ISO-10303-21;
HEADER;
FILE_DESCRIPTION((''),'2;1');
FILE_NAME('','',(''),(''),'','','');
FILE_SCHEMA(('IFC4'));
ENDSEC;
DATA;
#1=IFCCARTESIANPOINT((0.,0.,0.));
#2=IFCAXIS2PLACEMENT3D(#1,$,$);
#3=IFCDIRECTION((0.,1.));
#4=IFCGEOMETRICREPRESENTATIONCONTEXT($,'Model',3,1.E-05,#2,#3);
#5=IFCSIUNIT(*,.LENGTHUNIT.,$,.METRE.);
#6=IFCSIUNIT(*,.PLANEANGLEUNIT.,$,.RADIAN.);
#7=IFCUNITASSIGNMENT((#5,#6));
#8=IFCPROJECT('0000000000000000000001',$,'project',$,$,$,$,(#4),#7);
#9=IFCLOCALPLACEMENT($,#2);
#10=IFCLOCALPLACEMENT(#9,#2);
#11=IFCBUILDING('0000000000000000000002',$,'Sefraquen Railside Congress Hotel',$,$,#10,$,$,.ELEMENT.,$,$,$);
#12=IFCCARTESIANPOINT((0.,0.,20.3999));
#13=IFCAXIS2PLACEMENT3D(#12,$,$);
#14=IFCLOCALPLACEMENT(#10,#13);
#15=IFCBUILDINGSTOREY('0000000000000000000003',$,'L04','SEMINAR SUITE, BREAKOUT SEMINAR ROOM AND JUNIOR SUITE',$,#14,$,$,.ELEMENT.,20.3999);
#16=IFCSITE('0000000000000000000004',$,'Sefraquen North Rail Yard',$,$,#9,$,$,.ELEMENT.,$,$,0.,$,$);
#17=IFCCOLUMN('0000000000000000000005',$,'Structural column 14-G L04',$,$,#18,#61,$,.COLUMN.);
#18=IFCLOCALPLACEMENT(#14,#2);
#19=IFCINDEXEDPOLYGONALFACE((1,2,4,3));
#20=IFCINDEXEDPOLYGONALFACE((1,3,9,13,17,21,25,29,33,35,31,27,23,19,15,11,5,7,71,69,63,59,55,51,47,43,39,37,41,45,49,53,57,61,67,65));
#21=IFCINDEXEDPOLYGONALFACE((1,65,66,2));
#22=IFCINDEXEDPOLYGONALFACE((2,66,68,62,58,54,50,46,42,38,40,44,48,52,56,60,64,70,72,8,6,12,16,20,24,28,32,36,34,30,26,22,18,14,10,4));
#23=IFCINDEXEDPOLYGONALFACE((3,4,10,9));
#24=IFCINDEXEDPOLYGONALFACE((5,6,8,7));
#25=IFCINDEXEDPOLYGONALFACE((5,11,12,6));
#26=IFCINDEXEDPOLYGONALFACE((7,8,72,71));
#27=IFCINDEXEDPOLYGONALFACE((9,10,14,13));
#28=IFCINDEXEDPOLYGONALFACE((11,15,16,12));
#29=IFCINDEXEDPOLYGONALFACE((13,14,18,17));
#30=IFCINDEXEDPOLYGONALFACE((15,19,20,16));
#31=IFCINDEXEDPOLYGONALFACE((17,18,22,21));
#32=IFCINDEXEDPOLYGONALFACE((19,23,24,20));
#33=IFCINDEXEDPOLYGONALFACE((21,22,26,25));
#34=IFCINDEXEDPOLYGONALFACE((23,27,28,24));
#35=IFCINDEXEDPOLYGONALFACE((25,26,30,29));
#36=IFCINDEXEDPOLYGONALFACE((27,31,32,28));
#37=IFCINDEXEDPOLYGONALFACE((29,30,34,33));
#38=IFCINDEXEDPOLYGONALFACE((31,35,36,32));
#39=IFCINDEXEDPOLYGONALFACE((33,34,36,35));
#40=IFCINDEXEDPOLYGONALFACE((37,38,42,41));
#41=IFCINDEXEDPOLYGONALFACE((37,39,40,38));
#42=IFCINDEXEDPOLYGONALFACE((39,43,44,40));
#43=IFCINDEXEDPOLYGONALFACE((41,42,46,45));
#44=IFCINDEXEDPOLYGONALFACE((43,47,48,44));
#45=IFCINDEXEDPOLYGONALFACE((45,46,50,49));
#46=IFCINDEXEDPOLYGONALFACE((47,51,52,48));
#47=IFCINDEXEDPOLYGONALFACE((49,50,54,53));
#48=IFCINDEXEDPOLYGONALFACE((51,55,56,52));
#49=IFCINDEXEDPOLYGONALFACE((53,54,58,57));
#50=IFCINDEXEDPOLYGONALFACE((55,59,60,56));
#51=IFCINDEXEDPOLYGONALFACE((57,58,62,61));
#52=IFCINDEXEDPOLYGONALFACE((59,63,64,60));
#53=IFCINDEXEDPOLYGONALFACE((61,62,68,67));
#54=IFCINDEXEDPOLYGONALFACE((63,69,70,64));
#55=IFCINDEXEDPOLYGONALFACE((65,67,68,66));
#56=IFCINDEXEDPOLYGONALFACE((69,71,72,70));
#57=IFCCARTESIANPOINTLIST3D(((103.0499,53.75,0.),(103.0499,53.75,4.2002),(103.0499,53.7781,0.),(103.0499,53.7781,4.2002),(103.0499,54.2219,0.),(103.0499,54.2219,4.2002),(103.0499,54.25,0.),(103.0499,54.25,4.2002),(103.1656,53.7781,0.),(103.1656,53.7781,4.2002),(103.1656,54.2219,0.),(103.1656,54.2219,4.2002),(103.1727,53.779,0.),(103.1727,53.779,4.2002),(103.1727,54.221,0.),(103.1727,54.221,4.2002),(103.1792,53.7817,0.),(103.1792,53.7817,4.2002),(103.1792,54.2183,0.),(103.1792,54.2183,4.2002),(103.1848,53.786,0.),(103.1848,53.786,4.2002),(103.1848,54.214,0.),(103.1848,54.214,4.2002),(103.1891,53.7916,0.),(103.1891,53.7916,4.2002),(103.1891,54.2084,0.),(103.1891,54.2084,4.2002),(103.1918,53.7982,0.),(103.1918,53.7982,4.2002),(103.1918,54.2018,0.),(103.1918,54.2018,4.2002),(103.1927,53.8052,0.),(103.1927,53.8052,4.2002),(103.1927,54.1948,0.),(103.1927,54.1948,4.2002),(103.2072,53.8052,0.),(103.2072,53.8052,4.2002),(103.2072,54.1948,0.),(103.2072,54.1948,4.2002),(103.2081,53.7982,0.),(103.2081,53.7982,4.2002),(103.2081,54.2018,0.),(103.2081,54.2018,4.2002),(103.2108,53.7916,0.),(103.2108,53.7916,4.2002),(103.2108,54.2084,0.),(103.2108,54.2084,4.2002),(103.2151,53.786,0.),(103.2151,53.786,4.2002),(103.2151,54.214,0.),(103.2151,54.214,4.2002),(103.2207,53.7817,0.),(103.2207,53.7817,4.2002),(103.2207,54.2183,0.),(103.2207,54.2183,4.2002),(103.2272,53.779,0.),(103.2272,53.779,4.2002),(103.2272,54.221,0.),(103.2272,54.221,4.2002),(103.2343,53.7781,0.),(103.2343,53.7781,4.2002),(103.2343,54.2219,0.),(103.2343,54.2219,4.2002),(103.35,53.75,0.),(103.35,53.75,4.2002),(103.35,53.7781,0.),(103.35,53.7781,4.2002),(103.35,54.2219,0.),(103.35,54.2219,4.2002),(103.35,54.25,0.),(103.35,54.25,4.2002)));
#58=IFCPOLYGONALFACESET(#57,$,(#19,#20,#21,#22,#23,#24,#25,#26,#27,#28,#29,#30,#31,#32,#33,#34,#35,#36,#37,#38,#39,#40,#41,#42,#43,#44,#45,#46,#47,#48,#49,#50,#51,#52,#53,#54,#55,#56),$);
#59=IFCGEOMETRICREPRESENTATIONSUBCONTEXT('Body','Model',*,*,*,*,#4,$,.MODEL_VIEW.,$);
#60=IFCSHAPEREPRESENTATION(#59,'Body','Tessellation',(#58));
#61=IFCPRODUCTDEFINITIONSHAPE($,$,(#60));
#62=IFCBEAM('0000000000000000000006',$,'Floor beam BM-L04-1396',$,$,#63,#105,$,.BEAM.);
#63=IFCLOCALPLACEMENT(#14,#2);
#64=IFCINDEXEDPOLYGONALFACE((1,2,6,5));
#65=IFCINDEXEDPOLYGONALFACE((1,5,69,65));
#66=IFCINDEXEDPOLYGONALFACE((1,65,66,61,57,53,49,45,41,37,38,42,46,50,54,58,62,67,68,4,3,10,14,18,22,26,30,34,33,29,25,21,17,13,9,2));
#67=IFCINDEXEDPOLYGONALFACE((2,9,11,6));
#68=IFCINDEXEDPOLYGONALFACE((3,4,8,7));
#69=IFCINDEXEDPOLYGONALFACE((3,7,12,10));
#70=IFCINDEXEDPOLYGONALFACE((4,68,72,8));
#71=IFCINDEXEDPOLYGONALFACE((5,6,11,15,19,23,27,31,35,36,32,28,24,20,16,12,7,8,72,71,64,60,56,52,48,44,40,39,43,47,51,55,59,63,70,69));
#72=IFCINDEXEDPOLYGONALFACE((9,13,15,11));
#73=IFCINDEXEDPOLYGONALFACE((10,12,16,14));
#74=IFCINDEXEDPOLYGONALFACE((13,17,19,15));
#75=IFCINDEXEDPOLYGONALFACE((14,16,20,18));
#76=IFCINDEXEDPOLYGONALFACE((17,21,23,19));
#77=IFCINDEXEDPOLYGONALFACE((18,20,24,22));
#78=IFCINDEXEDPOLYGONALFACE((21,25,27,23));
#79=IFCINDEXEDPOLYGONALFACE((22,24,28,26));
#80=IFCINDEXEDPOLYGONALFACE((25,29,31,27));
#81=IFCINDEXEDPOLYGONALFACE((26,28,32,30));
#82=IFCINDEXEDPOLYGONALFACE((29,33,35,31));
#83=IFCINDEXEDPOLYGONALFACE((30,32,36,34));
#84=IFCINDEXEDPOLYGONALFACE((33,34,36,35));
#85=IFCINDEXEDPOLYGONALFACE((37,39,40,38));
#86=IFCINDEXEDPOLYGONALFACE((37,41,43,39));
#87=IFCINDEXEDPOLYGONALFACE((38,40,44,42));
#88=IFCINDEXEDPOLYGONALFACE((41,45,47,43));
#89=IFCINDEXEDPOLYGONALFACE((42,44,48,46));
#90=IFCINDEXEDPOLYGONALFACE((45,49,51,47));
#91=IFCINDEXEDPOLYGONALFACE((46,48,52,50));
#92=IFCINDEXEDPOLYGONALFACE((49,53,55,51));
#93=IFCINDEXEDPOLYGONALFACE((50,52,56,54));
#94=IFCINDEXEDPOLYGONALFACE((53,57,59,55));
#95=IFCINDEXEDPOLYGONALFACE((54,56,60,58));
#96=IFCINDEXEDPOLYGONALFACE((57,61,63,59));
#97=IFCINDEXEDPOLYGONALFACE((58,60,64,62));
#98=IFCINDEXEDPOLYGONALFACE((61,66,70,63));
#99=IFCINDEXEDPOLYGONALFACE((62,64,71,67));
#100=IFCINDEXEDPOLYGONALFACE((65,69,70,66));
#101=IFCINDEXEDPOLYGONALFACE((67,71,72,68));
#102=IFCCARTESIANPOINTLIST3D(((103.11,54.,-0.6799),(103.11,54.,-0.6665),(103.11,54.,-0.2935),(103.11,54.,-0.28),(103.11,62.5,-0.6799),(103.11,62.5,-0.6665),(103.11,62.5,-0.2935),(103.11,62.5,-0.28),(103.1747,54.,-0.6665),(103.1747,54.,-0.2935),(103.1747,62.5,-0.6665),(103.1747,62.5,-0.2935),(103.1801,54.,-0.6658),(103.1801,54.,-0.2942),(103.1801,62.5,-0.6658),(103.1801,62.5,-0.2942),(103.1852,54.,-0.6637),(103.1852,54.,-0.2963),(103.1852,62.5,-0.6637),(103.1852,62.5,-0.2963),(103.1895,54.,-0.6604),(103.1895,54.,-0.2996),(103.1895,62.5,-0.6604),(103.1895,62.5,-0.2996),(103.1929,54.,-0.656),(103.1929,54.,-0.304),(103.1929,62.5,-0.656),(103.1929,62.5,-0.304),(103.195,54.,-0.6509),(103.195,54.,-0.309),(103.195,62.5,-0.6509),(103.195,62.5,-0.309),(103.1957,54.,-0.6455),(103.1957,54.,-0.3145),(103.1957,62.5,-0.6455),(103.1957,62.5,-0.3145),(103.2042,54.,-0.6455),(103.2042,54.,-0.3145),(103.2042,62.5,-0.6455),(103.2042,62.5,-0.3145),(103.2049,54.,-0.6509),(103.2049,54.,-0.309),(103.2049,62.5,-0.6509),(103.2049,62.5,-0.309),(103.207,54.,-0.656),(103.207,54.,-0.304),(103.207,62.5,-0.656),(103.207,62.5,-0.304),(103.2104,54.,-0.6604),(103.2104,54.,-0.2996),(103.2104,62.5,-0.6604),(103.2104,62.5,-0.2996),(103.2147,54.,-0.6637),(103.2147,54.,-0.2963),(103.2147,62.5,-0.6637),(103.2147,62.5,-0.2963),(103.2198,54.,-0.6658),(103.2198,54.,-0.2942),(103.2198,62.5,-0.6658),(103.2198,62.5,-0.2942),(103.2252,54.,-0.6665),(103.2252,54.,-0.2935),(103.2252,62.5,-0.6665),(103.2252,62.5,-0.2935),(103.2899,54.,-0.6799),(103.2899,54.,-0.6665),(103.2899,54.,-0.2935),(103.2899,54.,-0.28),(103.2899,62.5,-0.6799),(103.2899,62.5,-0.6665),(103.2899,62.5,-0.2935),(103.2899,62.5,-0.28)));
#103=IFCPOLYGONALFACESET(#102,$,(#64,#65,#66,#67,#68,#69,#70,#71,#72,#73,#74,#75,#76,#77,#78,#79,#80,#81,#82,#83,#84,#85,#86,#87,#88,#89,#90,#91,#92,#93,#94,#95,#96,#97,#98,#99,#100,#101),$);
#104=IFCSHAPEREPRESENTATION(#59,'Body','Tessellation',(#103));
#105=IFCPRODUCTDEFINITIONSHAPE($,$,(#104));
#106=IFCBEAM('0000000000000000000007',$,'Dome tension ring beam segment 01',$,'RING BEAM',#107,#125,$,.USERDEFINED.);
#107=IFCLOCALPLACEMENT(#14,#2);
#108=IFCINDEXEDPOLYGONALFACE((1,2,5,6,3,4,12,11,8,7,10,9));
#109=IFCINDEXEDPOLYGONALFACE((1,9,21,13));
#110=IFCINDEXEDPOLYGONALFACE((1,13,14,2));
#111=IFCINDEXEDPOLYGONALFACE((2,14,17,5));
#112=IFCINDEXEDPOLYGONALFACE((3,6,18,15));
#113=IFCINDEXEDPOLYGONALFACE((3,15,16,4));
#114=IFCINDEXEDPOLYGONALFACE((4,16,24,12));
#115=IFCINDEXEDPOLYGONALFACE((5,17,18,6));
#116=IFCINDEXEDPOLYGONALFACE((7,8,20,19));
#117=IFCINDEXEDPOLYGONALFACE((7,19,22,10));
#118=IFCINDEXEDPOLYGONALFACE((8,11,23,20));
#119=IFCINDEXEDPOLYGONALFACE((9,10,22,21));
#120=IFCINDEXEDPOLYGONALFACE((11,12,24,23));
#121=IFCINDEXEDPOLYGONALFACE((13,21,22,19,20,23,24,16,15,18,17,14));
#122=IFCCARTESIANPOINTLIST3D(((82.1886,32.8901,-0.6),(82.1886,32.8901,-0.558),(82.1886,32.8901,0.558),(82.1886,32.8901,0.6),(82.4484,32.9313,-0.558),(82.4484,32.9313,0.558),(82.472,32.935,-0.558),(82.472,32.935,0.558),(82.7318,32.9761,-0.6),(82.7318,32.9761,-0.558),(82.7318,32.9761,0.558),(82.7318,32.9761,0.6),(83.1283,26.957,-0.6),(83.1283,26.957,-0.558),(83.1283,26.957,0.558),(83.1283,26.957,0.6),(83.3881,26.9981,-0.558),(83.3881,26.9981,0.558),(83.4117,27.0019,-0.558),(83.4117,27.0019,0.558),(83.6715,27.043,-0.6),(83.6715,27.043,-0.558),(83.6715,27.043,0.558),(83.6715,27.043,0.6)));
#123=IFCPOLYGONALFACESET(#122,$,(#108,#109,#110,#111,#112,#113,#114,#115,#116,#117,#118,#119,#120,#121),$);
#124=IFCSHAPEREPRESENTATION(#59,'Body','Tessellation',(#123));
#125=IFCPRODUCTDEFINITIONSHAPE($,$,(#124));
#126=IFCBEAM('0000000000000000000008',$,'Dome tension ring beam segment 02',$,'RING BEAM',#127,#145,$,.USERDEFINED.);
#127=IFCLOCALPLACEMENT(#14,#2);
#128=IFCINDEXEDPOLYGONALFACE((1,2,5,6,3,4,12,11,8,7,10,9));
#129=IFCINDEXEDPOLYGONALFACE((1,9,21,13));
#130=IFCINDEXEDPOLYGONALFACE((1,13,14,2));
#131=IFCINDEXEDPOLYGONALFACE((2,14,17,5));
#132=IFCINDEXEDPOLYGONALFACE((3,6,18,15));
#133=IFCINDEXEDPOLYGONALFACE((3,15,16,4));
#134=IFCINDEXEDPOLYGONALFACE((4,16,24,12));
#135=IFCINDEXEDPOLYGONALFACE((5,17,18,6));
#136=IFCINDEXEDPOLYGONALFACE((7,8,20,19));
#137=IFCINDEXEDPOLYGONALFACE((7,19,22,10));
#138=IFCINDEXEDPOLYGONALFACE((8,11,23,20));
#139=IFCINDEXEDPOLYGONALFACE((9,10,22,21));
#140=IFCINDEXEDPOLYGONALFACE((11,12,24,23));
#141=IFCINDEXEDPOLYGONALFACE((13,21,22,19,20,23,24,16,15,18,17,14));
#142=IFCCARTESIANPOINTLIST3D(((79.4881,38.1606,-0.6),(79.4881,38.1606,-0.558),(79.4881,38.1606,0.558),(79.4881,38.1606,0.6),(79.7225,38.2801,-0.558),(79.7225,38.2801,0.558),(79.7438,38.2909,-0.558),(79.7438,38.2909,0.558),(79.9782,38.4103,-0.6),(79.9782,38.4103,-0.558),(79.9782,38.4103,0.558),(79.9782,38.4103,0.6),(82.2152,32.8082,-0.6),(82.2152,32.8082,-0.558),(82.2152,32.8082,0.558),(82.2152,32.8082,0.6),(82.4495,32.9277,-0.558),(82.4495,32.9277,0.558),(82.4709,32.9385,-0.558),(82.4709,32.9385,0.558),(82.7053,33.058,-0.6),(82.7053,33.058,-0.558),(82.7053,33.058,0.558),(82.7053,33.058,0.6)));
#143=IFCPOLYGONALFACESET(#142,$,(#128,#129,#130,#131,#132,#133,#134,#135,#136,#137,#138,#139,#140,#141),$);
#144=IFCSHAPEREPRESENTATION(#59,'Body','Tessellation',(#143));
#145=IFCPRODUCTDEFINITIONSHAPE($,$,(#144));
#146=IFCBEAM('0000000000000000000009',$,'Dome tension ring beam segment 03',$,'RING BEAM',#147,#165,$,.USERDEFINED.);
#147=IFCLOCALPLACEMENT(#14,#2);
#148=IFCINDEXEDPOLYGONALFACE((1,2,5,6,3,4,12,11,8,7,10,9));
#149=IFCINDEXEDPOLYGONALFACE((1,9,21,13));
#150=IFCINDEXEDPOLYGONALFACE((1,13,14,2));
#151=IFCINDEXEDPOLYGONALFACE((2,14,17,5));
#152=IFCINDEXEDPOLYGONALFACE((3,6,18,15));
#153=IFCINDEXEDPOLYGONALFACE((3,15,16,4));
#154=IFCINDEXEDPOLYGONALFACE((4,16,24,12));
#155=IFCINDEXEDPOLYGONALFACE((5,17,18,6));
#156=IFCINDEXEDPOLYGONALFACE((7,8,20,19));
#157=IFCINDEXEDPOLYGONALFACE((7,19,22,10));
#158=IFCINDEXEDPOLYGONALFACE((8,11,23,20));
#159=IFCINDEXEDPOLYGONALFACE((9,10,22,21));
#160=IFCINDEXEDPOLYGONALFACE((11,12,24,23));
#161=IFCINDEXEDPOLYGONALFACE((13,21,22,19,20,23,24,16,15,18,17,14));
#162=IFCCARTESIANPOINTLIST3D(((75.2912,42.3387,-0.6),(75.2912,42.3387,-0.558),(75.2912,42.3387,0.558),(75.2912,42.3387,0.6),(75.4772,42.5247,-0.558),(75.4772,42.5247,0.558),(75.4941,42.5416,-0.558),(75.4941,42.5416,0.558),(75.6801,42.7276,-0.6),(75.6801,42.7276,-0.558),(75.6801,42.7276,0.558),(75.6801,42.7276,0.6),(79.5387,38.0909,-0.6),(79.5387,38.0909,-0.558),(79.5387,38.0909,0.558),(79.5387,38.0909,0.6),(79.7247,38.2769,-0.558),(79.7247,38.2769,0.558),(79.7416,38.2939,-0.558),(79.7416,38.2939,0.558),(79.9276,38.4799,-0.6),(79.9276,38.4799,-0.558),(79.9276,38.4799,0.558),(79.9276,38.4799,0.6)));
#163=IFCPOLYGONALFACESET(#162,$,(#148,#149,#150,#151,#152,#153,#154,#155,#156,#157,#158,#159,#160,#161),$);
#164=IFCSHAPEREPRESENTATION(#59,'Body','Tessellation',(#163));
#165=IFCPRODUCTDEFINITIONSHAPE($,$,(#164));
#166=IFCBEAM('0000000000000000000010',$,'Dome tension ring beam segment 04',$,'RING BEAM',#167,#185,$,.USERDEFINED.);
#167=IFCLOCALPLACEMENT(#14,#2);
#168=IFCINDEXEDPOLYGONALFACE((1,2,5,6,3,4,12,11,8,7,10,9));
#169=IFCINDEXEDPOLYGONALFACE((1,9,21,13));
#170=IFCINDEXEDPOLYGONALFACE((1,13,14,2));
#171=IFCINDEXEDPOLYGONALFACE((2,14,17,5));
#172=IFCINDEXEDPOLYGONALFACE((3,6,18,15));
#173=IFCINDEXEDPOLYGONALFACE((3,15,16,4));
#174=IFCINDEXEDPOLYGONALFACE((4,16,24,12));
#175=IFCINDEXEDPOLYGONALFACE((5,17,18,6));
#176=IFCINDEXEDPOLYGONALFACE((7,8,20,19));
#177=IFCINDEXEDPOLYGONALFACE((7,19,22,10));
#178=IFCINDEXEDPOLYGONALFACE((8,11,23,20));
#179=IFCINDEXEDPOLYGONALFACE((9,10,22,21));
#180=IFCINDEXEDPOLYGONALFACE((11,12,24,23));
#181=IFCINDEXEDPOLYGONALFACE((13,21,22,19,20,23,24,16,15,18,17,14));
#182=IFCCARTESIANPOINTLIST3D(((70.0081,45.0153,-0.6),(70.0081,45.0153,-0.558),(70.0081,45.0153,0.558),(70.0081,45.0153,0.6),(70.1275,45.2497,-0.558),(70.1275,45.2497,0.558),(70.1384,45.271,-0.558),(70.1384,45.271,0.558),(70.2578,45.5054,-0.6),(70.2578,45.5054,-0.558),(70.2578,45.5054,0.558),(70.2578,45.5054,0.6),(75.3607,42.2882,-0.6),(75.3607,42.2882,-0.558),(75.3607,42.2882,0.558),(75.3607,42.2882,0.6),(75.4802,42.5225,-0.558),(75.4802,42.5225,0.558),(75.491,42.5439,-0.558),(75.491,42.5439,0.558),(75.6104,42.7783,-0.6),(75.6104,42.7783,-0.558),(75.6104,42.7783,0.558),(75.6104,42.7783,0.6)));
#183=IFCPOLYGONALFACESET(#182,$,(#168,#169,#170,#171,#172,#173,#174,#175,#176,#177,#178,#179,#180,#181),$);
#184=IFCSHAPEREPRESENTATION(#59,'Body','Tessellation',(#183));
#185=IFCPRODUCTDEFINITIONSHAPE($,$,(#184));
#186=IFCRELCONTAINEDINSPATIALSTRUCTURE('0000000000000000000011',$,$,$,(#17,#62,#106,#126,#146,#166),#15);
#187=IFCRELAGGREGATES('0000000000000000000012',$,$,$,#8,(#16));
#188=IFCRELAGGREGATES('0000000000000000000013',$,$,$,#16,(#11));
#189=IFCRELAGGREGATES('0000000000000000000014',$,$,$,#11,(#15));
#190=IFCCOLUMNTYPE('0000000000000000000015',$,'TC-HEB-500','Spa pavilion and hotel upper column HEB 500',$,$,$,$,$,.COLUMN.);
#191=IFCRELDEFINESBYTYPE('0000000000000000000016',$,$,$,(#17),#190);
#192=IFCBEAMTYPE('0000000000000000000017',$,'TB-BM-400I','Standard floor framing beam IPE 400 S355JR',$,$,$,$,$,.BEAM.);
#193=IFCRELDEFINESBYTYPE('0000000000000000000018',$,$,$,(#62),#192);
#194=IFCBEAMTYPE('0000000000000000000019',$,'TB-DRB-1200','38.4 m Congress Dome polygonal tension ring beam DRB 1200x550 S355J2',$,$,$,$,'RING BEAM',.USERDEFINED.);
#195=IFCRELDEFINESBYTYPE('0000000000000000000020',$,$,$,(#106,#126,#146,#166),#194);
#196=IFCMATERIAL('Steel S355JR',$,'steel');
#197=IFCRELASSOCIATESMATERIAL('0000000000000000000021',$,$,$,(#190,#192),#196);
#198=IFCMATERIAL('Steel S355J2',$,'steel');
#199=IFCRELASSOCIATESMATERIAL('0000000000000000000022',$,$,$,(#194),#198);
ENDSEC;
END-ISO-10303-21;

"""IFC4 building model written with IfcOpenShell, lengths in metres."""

from ifc_helpers import new_model, si_unit, direction, frame, origin, origin_2d, place, context, subcontext, project, spatial, i_section, extrude, material, material_profile, profile_set, type_object, element, save


model = new_model("IFC4")

# Units and contexts
model_context = context("Model", 3, precision=1e-05, world=origin(), true_north=direction((0.0, 1.0)))
body_context = subcontext(model_context, "Body", "Model", "MODEL_VIEW")
ifc_project = project(units=[si_unit("LENGTHUNIT", "METRE"), si_unit("PLANEANGLEUNIT", "RADIAN")], contexts=[model_context])

# Site, building, storey
site_placement = place(None, origin())
site = spatial("IfcSite", under=ifc_project, at=site_placement, Name="Sefraquen North Rail Yard", CompositionType="ELEMENT", RefElevation=0.0)
building_placement = place(site_placement, origin())
building = spatial("IfcBuilding", under=site, at=building_placement, Name="Sefraquen Railside Congress Hotel", CompositionType="ELEMENT")
storey_placement = place(building_placement, frame((0.0, 0.0, 20.3999)))
storey = spatial("IfcBuildingStorey", under=building, at=storey_placement, Name="L04", Description="SEMINAR SUITE, BREAKOUT SEMINAR ROOM AND JUNIOR SUITE", CompositionType="ELEMENT", Elevation=20.3999)

# Column
ifc_material_1 = material(Name="Steel S355JR", Category="steel")
ifc_material_profile_1 = material_profile(ifc_material_1, i_section(OverallWidth=0.3, OverallDepth=0.5, WebThickness=0.0144, FlangeThickness=0.0281, FilletRadius=0.0271, at=origin_2d()), Name="HEB 500")
ifc_profile_set_1 = profile_set([ifc_material_profile_1], Name="Steel S355JR")
column_type = type_object("IfcColumnType", Name="TC-HEB-500", Description="Spa pavilion and hotel upper column HEB 500", PredefinedType="COLUMN", material=ifc_profile_set_1)
column_placement = place(storey_placement, frame((103.2, 54.0, 0.0), z_axis=(0.0, 0.0, 1.0), x_axis=(1.0, 0.0, 0.0)))
element("IfcColumn", 1, at=column_placement, inside=storey, type_object=column_type, Name="Structural column 14-G L04", PredefinedType="COLUMN", context=body_context, shape_type="SweptSolid", body=[
    extrude(i_section(OverallWidth=0.3, OverallDepth=0.5, WebThickness=0.0144, FlangeThickness=0.0281, FilletRadius=0.0271, at=origin_2d()), origin(), (0.0, 0.0, 1.0), 4.2002),
])

# Beams
ifc_material_profile_2 = material_profile(ifc_material_1, i_section(OverallWidth=0.1799, OverallDepth=0.3999, WebThickness=0.0085, FlangeThickness=0.0134, FilletRadius=0.021, at=origin_2d()), Name="IPE 400")
ifc_profile_set_2 = profile_set([ifc_material_profile_2], Name="Steel S355JR")
beam_type_1 = type_object("IfcBeamType", Name="TB-BM-400I", Description="Standard floor framing beam IPE 400 S355JR", PredefinedType="BEAM", material=ifc_profile_set_2)
beam_1_placement = place(storey_placement, frame((103.2, 54.0, -0.48), z_axis=(0.0, 1.0, 0.0), x_axis=(-1.0, 0.0, 0.0)))
element("IfcBeam", 2, at=beam_1_placement, inside=storey, type_object=beam_type_1, Name="Floor beam BM-L04-1396", PredefinedType="BEAM", context=body_context, shape_type="SweptSolid", body=[
    extrude(i_section(OverallWidth=0.1799, OverallDepth=0.3999, WebThickness=0.0085, FlangeThickness=0.0134, FilletRadius=0.021, at=origin_2d()), origin(), (0.0, 0.0, 1.0), 8.5),
])
ifc_material_2 = material(Name="Steel S355J2", Category="steel")
ifc_material_profile_3 = material_profile(ifc_material_2, i_section(OverallWidth=0.55, OverallDepth=1.2, WebThickness=0.0239, FlangeThickness=0.042, at=origin_2d()), Name="DRB 1200x550")
ifc_profile_set_3 = profile_set([ifc_material_profile_3], Name="Steel S355J2")
beam_type_2 = type_object("IfcBeamType", Name="TB-DRB-1200", Description="38.4 m Congress Dome polygonal tension ring beam DRB 1200x550 S355J2", ElementType="RING BEAM", PredefinedType="USERDEFINED", material=ifc_profile_set_3)
for number, where, z_axis, x_axis, name in (
    (3, (83.3999, 27.0, 0.0), (-0.156432, 0.987689, 0.0), (-0.987689, -0.156432, 0.0), "Dome tension ring beam segment 01"),
    (4, (82.4602, 32.9331, 0.0), (-0.45398, 0.891012, 0.0), (-0.891012, -0.45398, 0.0), "Dome tension ring beam segment 02"),
    (5, (79.7332, 38.2854, 0.0), (-0.707086, 0.707127, 0.0), (-0.707127, -0.707086, 0.0), "Dome tension ring beam segment 03"),
):
    element("IfcBeam", number, at=place(storey_placement, frame(where, z_axis=z_axis, x_axis=x_axis)), inside=storey, type_object=beam_type_2, Name=name, ObjectType="RING BEAM", PredefinedType="USERDEFINED", context=body_context, shape_type="SweptSolid", body=[
        extrude(i_section(OverallWidth=0.55, OverallDepth=1.2, WebThickness=0.0239, FlangeThickness=0.042, at=origin_2d()), origin(), (0.0, 0.0, 1.0), 6.0071),
    ])
beam_2_placement = place(storey_placement, frame((75.4856, 42.5332, 0.0), z_axis=(-0.89102, 0.453964, 0.0), x_axis=(-0.453964, -0.89102, 0.0)))
element("IfcBeam", 6, at=beam_2_placement, inside=storey, type_object=beam_type_2, Name="Dome tension ring beam segment 04", ObjectType="RING BEAM", PredefinedType="USERDEFINED", context=body_context, shape_type="SweptSolid", body=[
    extrude(i_section(OverallWidth=0.55, OverallDepth=1.2, WebThickness=0.0239, FlangeThickness=0.042, at=origin_2d()), origin(), (0.0, 0.0, 1.0), 6.0073),
])

save(model, "model.ifc")
